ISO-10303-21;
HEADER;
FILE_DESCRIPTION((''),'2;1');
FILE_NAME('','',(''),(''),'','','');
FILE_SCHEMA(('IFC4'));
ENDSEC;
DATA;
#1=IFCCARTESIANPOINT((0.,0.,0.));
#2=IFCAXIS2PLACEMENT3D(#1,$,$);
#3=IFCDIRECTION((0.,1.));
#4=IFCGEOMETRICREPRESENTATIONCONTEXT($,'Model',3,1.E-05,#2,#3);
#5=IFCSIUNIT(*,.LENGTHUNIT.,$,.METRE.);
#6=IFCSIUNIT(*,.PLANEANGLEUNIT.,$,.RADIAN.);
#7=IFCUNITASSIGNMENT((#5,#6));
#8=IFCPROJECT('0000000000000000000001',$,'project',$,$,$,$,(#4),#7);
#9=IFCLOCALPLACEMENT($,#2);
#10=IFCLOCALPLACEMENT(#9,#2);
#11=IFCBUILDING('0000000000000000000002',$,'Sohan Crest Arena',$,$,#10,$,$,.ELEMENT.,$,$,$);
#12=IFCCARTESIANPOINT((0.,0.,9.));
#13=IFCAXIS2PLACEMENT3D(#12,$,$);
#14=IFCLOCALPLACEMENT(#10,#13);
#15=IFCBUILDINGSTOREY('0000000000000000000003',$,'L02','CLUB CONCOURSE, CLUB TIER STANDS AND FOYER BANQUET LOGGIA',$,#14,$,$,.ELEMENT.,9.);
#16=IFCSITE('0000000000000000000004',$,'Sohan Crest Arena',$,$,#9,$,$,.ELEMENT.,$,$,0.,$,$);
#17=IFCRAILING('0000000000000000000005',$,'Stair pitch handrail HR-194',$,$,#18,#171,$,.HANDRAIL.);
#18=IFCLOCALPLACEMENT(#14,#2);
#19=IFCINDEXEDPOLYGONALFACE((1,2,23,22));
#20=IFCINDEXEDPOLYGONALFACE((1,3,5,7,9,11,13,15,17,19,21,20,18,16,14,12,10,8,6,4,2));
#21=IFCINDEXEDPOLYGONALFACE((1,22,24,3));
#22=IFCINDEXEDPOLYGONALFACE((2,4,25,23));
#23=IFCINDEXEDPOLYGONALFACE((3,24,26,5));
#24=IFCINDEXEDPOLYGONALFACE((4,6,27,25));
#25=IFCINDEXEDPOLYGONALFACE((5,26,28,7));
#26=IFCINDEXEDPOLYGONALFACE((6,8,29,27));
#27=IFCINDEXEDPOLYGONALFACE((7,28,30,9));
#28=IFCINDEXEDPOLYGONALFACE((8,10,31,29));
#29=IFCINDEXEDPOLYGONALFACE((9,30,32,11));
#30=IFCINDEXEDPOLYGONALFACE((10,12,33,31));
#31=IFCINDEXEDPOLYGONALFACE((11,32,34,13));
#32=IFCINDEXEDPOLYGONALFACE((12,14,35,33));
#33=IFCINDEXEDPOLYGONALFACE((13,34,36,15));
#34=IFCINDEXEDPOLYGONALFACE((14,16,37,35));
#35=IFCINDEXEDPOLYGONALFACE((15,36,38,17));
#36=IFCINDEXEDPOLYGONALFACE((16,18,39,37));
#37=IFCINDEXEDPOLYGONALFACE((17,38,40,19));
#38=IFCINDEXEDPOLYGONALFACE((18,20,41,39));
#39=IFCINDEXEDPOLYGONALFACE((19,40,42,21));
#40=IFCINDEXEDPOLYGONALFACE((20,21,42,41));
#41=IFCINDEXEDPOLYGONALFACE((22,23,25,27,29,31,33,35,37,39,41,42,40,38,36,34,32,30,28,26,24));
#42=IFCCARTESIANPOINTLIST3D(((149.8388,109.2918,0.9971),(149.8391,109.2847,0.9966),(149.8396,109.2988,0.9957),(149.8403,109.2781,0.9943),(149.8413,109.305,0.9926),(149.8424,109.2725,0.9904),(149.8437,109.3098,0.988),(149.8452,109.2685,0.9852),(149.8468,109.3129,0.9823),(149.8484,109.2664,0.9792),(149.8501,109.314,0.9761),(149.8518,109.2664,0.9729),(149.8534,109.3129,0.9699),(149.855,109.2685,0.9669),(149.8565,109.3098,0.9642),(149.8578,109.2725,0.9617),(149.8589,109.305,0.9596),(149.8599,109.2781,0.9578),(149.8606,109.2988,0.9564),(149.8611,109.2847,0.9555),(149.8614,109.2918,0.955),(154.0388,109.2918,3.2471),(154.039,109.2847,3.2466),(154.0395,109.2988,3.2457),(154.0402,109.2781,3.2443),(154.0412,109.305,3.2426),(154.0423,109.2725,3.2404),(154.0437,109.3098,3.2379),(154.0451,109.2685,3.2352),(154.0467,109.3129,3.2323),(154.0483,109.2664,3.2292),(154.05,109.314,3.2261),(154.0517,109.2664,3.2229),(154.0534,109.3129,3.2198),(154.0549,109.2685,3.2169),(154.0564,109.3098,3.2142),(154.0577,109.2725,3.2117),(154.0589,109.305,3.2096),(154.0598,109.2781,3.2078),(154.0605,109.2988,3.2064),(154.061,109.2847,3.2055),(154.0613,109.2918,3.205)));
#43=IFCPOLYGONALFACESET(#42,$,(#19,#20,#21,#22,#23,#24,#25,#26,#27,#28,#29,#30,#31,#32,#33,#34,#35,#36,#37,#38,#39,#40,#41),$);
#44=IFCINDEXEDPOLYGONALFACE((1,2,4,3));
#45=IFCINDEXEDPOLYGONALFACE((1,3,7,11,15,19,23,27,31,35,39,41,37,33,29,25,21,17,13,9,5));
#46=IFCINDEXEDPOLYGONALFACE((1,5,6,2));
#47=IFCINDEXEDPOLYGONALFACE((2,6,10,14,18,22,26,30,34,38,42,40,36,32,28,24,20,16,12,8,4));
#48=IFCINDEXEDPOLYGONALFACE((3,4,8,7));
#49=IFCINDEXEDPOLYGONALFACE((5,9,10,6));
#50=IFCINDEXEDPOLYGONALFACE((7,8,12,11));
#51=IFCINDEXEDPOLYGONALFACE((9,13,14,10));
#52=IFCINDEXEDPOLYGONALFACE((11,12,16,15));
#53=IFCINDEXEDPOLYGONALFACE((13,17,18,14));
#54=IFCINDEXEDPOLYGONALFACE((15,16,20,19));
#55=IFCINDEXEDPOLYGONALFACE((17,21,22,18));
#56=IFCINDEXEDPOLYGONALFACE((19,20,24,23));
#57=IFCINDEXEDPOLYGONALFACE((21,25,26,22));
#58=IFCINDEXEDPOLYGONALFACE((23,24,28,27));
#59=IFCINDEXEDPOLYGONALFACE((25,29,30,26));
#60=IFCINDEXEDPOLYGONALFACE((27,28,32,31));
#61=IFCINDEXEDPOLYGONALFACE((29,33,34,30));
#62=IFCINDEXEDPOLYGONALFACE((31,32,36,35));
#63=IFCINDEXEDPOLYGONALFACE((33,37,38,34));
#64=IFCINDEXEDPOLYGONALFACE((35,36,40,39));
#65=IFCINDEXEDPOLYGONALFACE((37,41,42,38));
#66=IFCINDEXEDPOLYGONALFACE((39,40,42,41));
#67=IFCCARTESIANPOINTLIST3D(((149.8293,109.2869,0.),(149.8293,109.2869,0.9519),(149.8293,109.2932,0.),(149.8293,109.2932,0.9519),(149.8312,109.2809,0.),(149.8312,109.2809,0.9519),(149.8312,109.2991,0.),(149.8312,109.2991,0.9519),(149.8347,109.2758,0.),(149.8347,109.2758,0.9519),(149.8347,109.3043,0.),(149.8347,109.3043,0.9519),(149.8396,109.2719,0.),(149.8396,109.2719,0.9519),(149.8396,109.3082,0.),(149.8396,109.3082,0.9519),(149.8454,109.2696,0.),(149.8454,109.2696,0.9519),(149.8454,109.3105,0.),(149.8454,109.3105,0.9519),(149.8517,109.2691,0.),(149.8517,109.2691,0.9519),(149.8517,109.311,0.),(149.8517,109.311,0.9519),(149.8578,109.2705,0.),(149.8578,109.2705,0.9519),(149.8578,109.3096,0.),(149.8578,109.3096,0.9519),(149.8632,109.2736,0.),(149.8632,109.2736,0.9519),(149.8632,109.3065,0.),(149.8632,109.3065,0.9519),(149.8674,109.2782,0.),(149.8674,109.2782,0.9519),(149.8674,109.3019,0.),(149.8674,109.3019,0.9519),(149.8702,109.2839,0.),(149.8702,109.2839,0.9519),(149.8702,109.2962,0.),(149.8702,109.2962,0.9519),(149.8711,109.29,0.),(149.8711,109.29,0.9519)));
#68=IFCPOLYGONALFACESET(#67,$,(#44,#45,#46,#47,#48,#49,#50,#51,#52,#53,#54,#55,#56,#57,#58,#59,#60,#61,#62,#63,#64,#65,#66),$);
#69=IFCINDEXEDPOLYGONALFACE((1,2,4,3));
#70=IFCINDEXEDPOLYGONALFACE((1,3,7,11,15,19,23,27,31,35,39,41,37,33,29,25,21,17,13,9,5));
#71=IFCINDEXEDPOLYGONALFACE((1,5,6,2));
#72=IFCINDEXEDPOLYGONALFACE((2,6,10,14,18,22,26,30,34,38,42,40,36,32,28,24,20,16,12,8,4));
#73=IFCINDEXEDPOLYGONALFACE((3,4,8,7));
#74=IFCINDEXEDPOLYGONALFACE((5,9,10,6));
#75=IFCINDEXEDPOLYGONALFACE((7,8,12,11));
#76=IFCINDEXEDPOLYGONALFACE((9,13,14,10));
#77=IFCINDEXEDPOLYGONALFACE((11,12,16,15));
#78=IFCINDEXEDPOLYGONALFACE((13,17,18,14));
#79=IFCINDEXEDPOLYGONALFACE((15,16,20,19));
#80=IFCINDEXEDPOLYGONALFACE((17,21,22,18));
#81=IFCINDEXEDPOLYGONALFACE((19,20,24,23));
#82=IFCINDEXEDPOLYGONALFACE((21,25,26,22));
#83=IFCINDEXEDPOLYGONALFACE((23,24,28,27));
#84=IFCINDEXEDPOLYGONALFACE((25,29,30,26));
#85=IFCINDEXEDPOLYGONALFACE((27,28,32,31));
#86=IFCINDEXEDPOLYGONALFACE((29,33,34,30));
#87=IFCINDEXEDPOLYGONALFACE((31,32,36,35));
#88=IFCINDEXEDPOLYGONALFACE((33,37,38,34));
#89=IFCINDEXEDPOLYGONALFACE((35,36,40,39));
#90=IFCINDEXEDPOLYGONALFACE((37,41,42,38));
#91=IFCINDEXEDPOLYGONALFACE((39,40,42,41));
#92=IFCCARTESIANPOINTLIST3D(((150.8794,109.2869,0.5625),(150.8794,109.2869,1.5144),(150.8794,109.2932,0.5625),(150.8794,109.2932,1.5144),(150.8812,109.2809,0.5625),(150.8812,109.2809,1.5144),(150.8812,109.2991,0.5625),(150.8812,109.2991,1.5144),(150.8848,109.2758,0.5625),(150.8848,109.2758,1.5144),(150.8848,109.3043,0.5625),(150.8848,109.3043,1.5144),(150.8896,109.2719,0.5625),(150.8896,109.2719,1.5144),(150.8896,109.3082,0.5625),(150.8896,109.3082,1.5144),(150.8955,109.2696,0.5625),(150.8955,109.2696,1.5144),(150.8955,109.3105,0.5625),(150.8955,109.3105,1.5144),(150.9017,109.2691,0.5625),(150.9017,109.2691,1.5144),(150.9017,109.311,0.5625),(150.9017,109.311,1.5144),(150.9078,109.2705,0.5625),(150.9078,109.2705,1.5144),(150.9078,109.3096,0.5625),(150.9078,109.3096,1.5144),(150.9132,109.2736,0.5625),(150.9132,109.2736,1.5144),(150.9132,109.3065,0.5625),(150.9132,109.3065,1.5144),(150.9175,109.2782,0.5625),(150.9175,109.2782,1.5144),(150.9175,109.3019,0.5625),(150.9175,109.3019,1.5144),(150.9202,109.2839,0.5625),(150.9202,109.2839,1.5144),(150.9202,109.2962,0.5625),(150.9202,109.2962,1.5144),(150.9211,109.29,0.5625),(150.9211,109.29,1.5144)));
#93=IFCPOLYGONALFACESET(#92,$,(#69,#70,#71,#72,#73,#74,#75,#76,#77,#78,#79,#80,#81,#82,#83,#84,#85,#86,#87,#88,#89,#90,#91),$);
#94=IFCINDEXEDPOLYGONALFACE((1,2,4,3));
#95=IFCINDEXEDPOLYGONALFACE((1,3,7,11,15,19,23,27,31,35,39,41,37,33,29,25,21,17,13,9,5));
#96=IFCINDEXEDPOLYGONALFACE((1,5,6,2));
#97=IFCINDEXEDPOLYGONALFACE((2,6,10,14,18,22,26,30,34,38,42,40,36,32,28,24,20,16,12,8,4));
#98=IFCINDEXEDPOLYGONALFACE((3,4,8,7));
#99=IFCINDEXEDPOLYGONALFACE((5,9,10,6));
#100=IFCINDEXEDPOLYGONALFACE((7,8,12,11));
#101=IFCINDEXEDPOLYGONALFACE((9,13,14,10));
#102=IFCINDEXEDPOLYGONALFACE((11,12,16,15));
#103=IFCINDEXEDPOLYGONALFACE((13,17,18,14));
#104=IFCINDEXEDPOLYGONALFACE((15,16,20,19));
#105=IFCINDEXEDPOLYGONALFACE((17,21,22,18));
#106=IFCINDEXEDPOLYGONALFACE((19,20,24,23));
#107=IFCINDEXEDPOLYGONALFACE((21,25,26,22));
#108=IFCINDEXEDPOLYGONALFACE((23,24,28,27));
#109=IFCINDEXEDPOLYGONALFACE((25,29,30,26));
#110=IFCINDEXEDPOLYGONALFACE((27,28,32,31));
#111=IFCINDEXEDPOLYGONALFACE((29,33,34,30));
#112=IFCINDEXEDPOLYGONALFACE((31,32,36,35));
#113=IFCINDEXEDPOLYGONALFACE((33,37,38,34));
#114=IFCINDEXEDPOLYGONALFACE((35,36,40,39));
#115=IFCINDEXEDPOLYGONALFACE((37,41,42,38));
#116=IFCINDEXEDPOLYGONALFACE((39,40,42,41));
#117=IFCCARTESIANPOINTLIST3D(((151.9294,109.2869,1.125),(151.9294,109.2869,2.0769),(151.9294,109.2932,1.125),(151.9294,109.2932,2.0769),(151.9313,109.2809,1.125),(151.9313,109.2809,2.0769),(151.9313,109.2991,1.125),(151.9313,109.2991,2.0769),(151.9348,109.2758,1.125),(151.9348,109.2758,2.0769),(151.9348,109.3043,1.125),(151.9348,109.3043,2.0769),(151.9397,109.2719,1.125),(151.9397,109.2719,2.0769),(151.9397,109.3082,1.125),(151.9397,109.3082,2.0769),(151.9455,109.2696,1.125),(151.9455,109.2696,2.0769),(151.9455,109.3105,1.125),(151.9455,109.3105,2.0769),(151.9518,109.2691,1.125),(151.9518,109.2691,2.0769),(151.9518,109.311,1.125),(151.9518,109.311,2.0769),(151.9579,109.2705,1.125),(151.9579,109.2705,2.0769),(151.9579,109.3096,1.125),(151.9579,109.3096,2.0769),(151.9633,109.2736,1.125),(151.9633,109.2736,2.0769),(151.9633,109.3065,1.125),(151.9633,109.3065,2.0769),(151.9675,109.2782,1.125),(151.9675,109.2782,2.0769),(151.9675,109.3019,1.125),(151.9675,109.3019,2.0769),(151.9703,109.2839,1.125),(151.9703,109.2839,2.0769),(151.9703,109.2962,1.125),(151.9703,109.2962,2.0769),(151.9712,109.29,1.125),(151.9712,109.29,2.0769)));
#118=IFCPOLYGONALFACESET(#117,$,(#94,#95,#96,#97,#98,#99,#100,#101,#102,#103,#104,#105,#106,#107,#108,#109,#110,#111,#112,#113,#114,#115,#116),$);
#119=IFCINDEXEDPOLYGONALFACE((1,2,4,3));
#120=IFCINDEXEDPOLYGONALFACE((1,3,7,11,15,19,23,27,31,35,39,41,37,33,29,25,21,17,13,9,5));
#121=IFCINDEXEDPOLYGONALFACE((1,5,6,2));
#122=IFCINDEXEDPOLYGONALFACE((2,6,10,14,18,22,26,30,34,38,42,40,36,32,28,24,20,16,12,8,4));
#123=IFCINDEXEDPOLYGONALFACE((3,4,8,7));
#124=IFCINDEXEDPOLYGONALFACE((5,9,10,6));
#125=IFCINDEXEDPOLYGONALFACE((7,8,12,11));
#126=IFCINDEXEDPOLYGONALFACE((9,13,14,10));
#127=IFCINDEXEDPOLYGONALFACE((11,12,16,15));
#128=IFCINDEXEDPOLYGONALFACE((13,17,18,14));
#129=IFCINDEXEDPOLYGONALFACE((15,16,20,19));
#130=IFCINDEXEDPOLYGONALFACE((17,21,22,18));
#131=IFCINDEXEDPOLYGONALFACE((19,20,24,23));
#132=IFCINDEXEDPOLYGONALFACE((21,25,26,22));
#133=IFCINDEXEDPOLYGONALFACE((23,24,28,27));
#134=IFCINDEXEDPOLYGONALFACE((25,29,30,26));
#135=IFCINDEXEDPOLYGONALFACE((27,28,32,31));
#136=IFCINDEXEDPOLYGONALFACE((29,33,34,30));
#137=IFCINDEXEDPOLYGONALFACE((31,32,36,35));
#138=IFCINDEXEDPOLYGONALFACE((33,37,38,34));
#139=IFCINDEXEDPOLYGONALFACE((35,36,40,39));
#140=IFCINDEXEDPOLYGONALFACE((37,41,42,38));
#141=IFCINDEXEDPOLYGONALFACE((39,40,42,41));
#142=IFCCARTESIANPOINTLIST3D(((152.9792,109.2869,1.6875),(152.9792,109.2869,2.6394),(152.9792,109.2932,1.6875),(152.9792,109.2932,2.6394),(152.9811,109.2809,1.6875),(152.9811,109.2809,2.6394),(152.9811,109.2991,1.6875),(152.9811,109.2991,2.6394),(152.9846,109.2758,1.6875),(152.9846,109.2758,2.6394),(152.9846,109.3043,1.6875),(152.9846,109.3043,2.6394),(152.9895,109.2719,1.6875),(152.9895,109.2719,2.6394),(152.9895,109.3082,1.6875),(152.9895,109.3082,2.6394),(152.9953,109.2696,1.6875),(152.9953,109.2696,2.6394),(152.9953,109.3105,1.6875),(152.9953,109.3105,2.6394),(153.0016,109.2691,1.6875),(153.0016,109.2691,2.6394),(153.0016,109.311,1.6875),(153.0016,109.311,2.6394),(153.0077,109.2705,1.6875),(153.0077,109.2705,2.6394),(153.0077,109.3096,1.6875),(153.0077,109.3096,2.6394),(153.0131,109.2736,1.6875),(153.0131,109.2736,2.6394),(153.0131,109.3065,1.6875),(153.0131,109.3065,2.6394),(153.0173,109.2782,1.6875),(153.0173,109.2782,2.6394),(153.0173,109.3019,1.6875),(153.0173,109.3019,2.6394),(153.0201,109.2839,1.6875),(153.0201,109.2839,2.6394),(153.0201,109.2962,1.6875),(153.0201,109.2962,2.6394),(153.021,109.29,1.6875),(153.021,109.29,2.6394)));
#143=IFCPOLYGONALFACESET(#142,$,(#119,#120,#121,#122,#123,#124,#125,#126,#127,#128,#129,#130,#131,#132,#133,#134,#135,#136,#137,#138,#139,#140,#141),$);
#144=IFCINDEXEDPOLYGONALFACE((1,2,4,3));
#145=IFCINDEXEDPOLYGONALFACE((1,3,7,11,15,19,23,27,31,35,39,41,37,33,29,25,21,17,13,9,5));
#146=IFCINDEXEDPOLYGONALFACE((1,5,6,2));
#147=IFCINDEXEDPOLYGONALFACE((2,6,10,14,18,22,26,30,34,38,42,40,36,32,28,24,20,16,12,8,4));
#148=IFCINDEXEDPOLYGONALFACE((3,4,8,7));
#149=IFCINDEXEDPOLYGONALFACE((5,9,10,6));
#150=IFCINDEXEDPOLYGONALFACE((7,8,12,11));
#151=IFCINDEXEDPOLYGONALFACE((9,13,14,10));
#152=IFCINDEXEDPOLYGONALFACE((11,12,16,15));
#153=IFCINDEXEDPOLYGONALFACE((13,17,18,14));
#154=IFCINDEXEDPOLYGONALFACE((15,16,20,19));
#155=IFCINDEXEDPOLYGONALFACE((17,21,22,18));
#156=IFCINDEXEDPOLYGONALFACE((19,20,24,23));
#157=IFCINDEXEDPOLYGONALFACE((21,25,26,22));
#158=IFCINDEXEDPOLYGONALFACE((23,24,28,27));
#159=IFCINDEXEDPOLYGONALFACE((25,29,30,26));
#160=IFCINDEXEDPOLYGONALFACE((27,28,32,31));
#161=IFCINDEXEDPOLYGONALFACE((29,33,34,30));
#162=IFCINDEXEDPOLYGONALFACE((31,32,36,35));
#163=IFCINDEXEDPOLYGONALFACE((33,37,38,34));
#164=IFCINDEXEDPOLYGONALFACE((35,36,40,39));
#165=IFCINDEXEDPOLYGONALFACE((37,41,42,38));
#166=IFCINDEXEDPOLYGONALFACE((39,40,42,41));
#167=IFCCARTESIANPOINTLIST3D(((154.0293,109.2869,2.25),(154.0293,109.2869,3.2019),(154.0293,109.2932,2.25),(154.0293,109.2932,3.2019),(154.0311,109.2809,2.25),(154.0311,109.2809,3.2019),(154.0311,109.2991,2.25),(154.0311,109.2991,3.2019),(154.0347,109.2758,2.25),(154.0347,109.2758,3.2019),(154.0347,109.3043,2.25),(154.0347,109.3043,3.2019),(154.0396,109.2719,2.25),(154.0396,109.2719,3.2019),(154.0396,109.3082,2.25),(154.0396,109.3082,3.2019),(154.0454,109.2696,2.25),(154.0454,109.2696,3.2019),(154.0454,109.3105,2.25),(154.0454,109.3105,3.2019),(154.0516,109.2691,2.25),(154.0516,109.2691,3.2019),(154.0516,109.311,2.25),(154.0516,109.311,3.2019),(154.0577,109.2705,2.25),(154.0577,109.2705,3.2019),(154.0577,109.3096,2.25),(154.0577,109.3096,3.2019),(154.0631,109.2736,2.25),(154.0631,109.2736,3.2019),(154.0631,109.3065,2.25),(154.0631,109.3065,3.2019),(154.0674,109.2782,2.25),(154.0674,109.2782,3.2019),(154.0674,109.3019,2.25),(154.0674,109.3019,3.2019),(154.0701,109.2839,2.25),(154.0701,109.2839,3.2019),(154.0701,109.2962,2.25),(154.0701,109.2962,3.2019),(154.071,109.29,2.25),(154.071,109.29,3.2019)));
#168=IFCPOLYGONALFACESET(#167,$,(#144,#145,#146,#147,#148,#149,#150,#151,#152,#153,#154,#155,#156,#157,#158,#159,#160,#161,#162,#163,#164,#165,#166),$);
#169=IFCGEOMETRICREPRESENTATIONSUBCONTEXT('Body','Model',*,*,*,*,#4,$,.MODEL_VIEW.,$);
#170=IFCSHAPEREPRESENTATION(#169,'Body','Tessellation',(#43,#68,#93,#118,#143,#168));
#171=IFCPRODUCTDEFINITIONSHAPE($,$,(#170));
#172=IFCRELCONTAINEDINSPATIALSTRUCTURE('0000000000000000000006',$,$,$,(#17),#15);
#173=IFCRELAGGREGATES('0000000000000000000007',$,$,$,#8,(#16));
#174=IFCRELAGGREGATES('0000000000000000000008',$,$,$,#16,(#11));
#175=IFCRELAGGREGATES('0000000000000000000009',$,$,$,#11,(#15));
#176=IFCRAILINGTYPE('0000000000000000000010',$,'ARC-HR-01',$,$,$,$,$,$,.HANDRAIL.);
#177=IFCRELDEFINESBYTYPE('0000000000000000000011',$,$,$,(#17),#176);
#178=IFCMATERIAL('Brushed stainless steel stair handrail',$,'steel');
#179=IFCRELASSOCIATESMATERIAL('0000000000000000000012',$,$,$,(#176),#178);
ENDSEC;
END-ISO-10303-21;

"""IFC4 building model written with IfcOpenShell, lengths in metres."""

from ifc_helpers import new_model, si_unit, direction, frame, origin, origin_2d, place, context, subcontext, project, spatial, circle, extrude, material, type_object, element, save


model = new_model("IFC4")

# Units and contexts
model_context = context("Model", 3, precision=1e-05, world=origin(), true_north=direction((0.0, 1.0)))
body_context = subcontext(model_context, "Body", "Model", "MODEL_VIEW")
ifc_project = project(units=[si_unit("LENGTHUNIT", "METRE"), si_unit("PLANEANGLEUNIT", "RADIAN")], contexts=[model_context])

# Site, building, storey
site_placement = place(None, origin())
site = spatial("IfcSite", under=ifc_project, at=site_placement, Name="Sohan Crest Arena", CompositionType="ELEMENT", RefElevation=0.0)
building_placement = place(site_placement, origin())
building = spatial("IfcBuilding", under=site, at=building_placement, Name="Sohan Crest Arena", CompositionType="ELEMENT")
storey_placement = place(building_placement, frame((0.0, 0.0, 9.0)))
storey = spatial("IfcBuildingStorey", under=building, at=storey_placement, Name="L02", Description="CLUB CONCOURSE, CLUB TIER STANDS AND FOYER BANQUET LOGGIA", CompositionType="ELEMENT", Elevation=9.0)

# Railing
ifc_material_1 = material(Name="Brushed stainless steel stair handrail", Category="steel")
railing_type_1 = type_object("IfcRailingType", Name="ARC-HR-01", PredefinedType="HANDRAIL", material=ifc_material_1)
for number, where, name in (
    (1, (149.8501, 109.29, 0.0), "Stair pitch handrail HR-194"),
):
    element("IfcRailing", number, at=place(storey_placement, frame(where)), inside=storey, type_object=railing_type_1, Name=name, PredefinedType="HANDRAIL", context=body_context, shape_type="SweptSolid", body=[
        extrude(circle(Radius=0.0239, at=origin_2d()), frame((0.0, 0.0, 0.9761), z_axis=(0.881478, 0.0, 0.472226), x_axis=(0.0, 1.0, 0.0)), (0.0, 0.0, 1.0), 4.7646),
        extrude(circle(Radius=0.021, at=origin_2d()), origin(), (0.0, 0.0, 1.0), 0.9519),
        extrude(circle(Radius=0.021, at=origin_2d()), frame((1.05, 0.0, 0.5625)), (0.0, 0.0, 1.0), 0.9519),
        extrude(circle(Radius=0.021, at=origin_2d()), frame((2.1001, 0.0, 1.125)), (0.0, 0.0, 1.0), 0.9519),
        extrude(circle(Radius=0.021, at=origin_2d()), frame((3.1499, 0.0, 1.6875)), (0.0, 0.0, 1.0), 0.9519),
        extrude(circle(Radius=0.021, at=origin_2d()), frame((4.2, 0.0, 2.25)), (0.0, 0.0, 1.0), 0.9519),
    ])

save(model, "model.ifc")
